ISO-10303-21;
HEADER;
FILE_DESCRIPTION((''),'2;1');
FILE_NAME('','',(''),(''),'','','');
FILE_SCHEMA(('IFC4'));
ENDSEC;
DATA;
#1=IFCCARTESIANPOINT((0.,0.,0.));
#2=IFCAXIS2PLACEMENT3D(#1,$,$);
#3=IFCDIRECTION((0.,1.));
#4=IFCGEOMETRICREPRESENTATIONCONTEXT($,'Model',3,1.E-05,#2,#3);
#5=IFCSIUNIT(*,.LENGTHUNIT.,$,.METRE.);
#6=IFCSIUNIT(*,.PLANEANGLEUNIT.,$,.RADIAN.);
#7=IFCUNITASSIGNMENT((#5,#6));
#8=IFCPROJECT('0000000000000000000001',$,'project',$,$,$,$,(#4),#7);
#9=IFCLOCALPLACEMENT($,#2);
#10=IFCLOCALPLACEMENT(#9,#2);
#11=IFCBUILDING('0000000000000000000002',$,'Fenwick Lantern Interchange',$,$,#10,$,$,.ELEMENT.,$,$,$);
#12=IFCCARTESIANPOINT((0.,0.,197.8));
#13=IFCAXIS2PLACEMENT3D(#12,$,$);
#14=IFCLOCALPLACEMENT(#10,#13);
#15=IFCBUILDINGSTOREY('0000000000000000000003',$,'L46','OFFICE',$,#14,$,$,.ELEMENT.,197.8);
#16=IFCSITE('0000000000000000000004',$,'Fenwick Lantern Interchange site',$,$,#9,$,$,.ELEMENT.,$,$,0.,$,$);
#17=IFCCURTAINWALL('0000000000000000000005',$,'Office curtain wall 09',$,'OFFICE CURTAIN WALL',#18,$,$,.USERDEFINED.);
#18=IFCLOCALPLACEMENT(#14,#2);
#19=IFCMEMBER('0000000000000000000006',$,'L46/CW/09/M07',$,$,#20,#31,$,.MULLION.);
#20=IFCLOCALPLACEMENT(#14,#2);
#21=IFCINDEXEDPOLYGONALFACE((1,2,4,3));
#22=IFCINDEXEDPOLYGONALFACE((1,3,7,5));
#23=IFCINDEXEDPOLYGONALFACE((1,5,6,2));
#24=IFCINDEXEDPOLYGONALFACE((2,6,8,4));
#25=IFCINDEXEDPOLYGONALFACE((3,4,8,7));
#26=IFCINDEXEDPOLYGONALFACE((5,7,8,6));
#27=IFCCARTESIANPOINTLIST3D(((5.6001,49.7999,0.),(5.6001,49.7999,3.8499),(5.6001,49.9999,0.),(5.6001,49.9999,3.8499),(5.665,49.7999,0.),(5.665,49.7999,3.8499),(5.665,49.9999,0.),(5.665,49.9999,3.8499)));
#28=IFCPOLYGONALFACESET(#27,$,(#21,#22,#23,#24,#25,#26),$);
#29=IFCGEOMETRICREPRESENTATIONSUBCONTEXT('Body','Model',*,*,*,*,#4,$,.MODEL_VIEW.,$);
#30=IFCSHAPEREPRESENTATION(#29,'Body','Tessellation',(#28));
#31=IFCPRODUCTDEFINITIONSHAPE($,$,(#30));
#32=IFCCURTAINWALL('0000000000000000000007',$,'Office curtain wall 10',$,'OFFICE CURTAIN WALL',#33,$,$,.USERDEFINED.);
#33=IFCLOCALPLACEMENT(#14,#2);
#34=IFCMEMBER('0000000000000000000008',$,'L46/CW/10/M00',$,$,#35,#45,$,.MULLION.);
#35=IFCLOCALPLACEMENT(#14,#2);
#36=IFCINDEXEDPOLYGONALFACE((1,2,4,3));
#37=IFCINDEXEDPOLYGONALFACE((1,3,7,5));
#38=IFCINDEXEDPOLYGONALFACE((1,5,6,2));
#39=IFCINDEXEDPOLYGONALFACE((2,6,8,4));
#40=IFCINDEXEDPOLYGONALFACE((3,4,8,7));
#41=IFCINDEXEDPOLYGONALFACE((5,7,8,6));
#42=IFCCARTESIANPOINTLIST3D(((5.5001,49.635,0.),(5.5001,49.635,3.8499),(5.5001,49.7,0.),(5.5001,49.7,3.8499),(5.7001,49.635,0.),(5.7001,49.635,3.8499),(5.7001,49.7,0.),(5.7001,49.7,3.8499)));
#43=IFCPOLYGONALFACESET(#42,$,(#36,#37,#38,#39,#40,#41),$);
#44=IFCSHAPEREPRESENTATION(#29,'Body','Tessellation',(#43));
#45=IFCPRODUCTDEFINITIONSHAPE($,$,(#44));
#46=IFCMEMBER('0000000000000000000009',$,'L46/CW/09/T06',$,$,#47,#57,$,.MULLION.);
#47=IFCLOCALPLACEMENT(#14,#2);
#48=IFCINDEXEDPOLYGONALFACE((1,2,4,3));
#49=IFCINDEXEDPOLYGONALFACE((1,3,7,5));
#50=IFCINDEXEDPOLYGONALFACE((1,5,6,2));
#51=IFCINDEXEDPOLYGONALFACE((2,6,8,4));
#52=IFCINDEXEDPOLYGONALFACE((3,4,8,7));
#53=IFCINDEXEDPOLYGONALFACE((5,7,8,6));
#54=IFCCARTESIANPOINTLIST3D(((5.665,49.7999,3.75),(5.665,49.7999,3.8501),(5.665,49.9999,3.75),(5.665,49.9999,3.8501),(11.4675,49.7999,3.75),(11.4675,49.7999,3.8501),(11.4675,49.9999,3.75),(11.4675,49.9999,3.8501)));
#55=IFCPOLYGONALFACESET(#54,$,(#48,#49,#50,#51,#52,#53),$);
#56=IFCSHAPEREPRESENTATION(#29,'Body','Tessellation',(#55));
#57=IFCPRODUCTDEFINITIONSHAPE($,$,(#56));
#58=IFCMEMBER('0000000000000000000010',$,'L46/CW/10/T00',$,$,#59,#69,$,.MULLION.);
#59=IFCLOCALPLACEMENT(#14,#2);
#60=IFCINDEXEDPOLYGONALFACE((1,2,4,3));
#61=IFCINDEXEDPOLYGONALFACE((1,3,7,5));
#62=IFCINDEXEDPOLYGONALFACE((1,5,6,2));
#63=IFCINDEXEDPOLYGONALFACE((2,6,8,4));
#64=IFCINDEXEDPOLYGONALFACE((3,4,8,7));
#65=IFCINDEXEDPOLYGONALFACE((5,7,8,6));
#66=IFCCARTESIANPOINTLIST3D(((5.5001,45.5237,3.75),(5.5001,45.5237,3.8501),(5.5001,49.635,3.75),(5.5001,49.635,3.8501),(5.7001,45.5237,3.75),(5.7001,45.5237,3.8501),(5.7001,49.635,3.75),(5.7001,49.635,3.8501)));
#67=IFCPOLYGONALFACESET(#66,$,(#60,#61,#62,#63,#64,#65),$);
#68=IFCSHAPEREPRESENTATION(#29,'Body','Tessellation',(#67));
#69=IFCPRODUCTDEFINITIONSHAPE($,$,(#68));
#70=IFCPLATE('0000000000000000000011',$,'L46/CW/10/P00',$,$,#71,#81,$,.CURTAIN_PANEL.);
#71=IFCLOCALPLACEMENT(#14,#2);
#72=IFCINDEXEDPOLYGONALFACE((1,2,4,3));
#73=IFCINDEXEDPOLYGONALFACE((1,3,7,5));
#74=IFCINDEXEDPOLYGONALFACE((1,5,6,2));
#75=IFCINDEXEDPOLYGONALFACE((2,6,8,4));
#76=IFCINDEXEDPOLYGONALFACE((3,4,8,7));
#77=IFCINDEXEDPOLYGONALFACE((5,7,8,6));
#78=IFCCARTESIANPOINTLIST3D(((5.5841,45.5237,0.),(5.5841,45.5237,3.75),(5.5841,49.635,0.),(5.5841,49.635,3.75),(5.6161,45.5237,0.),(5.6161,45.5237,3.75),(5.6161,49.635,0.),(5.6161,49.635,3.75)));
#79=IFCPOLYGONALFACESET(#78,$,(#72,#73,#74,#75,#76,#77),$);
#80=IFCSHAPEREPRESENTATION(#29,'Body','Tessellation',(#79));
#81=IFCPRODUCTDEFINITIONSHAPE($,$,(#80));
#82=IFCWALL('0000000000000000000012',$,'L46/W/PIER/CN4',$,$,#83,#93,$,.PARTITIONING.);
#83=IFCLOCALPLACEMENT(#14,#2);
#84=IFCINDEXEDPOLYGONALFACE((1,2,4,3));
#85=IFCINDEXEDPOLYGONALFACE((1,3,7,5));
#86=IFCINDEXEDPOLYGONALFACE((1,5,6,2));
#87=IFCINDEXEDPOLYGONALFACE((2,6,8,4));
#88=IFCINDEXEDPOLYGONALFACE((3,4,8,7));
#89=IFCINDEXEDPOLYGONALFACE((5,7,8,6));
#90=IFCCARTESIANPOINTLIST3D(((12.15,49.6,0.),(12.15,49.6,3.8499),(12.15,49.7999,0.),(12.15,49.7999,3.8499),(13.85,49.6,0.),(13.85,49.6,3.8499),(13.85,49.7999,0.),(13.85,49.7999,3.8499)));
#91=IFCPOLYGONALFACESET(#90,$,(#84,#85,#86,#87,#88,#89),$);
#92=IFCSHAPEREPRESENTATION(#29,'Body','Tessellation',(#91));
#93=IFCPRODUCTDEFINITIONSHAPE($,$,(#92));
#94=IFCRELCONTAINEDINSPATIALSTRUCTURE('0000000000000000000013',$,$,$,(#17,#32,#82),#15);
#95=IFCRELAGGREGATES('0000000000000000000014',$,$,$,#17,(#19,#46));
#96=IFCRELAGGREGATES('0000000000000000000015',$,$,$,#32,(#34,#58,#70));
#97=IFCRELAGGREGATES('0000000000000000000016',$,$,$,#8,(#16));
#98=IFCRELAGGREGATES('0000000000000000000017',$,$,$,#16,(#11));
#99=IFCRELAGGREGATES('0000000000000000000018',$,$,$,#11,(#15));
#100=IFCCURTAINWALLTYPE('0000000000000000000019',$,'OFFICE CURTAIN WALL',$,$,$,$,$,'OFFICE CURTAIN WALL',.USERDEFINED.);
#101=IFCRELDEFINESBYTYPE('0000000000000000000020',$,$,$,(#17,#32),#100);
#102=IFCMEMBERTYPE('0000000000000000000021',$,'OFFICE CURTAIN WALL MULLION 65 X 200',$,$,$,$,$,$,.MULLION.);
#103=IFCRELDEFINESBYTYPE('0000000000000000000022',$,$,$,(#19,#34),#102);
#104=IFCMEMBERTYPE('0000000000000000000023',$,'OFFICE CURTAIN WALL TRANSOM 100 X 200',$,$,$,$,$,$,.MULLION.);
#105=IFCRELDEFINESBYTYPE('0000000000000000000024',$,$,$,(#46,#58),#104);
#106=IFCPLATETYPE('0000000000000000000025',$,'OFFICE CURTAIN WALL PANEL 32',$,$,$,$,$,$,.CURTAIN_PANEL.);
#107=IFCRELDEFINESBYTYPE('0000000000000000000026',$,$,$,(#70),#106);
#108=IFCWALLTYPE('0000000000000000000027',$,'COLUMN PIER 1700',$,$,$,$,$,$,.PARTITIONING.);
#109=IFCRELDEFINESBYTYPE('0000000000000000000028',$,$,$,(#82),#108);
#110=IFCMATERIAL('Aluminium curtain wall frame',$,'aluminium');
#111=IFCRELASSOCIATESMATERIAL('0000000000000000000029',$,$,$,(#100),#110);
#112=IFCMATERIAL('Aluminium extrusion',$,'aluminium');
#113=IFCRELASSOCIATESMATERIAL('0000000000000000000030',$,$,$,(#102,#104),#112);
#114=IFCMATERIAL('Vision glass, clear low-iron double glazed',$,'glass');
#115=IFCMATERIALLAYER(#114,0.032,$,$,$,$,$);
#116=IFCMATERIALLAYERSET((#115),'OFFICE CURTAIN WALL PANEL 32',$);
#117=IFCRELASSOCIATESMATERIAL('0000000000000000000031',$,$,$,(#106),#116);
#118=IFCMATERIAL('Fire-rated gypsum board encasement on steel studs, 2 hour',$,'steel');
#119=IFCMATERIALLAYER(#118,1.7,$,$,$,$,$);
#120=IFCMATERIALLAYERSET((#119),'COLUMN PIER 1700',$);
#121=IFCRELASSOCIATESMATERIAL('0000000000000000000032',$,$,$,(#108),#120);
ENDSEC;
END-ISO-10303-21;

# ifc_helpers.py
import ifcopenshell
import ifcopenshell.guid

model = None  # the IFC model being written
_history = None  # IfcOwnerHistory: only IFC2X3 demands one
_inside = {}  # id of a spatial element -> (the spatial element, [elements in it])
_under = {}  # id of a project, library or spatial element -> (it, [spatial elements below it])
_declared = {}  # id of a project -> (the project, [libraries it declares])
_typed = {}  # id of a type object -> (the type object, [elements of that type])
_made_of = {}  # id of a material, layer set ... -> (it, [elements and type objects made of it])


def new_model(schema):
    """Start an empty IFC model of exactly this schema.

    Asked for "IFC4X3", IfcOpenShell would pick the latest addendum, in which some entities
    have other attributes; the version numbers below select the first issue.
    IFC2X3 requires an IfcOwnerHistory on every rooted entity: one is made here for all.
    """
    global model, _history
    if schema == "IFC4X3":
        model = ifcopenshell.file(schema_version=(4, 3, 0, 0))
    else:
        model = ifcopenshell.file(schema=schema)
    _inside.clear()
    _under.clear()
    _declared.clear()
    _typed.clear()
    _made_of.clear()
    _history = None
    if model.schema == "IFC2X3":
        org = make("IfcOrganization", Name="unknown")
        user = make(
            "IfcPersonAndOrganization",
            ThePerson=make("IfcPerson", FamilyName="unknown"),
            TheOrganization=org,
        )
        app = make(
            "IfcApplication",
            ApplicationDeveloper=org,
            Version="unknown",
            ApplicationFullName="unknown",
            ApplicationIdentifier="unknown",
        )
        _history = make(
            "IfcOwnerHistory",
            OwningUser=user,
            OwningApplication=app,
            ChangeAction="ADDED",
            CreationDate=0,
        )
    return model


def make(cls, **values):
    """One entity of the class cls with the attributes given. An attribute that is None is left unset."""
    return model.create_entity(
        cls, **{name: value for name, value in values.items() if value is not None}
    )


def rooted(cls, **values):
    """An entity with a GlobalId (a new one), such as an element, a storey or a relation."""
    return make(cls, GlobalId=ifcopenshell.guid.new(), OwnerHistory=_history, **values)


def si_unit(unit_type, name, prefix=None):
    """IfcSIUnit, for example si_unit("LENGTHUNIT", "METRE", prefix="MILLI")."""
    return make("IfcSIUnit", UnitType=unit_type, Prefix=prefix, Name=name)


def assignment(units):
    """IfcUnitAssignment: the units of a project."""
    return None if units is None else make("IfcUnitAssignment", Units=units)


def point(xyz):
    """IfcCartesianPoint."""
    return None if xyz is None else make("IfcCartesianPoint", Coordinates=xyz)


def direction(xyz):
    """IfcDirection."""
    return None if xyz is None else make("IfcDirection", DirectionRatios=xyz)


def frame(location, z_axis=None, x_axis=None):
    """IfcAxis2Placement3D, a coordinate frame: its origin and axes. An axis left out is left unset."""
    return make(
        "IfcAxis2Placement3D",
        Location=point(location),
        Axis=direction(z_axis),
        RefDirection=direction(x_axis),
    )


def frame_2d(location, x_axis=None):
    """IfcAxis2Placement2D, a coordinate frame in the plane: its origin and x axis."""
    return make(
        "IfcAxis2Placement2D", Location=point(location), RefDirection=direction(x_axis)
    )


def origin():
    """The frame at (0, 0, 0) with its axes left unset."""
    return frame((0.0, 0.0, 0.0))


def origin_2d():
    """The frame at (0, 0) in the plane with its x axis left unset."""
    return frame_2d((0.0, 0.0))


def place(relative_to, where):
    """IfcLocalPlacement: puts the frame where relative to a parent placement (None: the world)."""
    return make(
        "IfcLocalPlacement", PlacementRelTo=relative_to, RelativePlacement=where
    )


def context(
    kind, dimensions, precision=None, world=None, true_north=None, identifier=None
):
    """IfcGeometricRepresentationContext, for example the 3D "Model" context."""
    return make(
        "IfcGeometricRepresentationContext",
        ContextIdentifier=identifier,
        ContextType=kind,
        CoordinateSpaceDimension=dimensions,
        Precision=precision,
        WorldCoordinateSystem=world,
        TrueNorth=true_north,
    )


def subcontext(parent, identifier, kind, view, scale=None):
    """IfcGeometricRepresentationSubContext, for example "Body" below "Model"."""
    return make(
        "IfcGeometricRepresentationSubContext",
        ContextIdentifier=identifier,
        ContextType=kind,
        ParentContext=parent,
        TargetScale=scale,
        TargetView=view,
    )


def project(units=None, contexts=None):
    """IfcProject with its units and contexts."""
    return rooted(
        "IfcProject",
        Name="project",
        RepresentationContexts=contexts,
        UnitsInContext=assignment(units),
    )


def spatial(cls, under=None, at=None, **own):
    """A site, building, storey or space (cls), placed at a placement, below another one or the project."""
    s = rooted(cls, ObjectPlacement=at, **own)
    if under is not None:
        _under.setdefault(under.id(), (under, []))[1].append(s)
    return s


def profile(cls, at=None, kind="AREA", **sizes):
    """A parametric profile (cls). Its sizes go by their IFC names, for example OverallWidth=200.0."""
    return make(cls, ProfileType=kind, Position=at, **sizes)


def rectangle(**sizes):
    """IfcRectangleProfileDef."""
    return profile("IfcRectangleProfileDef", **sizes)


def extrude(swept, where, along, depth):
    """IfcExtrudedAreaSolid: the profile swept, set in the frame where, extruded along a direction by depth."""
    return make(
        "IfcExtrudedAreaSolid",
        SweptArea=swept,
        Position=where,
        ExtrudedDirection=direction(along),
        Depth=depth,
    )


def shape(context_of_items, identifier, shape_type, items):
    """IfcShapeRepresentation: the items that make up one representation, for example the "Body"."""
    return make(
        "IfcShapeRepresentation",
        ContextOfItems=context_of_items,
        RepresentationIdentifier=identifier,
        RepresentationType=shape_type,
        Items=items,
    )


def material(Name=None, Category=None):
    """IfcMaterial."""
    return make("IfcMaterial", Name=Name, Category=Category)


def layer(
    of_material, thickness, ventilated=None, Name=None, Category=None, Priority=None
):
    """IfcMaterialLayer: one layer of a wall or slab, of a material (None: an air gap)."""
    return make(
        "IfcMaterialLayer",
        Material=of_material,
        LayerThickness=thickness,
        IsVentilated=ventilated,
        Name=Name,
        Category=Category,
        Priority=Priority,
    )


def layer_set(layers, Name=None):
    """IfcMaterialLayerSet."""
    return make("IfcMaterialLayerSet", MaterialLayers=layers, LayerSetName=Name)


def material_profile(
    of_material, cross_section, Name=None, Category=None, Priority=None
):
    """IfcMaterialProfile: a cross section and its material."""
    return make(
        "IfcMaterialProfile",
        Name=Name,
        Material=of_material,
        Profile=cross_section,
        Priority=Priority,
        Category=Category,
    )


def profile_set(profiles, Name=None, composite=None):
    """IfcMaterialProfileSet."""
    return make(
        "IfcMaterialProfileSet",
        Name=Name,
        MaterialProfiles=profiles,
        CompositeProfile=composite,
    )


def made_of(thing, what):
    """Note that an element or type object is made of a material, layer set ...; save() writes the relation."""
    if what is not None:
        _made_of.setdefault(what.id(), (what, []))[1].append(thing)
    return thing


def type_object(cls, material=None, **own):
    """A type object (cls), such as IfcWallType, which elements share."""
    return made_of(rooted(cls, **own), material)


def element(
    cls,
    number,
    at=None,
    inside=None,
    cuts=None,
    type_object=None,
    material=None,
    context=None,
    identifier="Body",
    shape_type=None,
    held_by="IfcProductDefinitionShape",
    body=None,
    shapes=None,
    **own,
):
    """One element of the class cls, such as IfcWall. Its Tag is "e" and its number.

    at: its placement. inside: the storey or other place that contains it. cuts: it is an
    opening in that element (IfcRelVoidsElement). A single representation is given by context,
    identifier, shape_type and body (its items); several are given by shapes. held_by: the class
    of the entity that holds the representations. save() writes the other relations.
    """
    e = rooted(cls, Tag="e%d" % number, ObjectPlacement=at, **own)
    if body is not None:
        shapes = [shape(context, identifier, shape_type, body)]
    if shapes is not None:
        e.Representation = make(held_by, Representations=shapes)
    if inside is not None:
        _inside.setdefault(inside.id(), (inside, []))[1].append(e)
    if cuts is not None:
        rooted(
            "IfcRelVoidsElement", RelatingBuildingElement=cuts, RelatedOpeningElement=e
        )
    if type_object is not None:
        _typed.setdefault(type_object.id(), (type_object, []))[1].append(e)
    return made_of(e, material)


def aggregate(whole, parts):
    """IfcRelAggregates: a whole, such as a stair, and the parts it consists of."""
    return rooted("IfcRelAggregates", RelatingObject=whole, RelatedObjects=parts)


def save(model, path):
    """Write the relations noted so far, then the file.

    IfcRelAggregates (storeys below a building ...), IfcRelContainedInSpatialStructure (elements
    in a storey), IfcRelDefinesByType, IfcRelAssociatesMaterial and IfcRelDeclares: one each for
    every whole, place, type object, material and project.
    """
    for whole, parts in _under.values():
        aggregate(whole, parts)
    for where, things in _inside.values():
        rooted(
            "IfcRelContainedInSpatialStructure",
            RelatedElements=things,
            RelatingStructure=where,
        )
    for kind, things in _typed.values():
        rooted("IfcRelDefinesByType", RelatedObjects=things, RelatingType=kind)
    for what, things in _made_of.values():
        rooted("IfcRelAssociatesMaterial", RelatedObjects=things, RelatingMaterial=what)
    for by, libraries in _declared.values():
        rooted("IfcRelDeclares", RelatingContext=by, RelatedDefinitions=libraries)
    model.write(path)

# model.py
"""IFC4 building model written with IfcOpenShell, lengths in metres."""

from ifc_helpers import new_model, si_unit, direction, frame, frame_2d, origin, origin_2d, place, context, subcontext, project, spatial, rectangle, extrude, material, layer, layer_set, material_profile, profile_set, type_object, element, aggregate, save


model = new_model("IFC4")

# Units and contexts
model_context = context("Model", 3, precision=1e-05, world=origin(), true_north=direction((0.0, 1.0)))
body_context = subcontext(model_context, "Body", "Model", "MODEL_VIEW")
ifc_project = project(units=[si_unit("LENGTHUNIT", "METRE"), si_unit("PLANEANGLEUNIT", "RADIAN")], contexts=[model_context])

# Site, building, storey
site_placement = place(None, origin())
site = spatial("IfcSite", under=ifc_project, at=site_placement, Name="Fenwick Lantern Interchange site", CompositionType="ELEMENT", RefElevation=0.0)
building_placement = place(site_placement, origin())
building = spatial("IfcBuilding", under=site, at=building_placement, Name="Fenwick Lantern Interchange", CompositionType="ELEMENT")
storey_placement = place(building_placement, frame((0.0, 0.0, 197.8)))
storey = spatial("IfcBuildingStorey", under=building, at=storey_placement, Name="L46", Description="OFFICE", CompositionType="ELEMENT", Elevation=197.8)

# Curtain wall, member
ifc_material_1 = material(Name="Aluminium curtain wall frame", Category="aluminium")
curtain_wall_type = type_object("IfcCurtainWallType", Name="OFFICE CURTAIN WALL", ElementType="OFFICE CURTAIN WALL", PredefinedType="USERDEFINED", material=ifc_material_1)
curtain_wall_1_placement = place(storey_placement, origin())
curtain_wall_1 = element("IfcCurtainWall", 1, at=curtain_wall_1_placement, inside=storey, type_object=curtain_wall_type, Name="Office curtain wall 09", ObjectType="OFFICE CURTAIN WALL", PredefinedType="USERDEFINED")
ifc_material_2 = material(Name="Aluminium extrusion", Category="aluminium")
ifc_material_profile_1 = material_profile(ifc_material_2, rectangle(XDim=0.2, YDim=0.0649, at=origin_2d()), Name="OFFICE CURTAIN WALL MULLION 65 X 200")
ifc_profile_set_1 = profile_set([ifc_material_profile_1], Name="Aluminium extrusion")
member_type_1 = type_object("IfcMemberType", Name="OFFICE CURTAIN WALL MULLION 65 X 200", PredefinedType="MULLION", material=ifc_profile_set_1)
member_1_placement = place(storey_placement, frame((5.6326, 49.8999, 0.0), z_axis=(0.0, 0.0, 1.0), x_axis=(0.0, -1.0, 0.0)))
member_1 = element("IfcMember", 2, at=member_1_placement, type_object=member_type_1, Name="L46/CW/09/M07", PredefinedType="MULLION", context=body_context, shape_type="SweptSolid", body=[
    extrude(rectangle(XDim=0.2, YDim=0.0649, at=origin_2d()), origin(), (0.0, 0.0, 1.0), 3.8499),
])

# Curtain wall, member
curtain_wall_2_placement = place(storey_placement, origin())
curtain_wall_2 = element("IfcCurtainWall", 3, at=curtain_wall_2_placement, inside=storey, type_object=curtain_wall_type, Name="Office curtain wall 10", ObjectType="OFFICE CURTAIN WALL", PredefinedType="USERDEFINED")
member_2_placement = place(storey_placement, frame((5.6001, 49.6675, 0.0), z_axis=(0.0, 0.0, 1.0), x_axis=(1.0, 0.0, 0.0)))
member_2 = element("IfcMember", 4, at=member_2_placement, type_object=member_type_1, Name="L46/CW/10/M00", PredefinedType="MULLION", context=body_context, shape_type="SweptSolid", body=[
    extrude(rectangle(XDim=0.2, YDim=0.0649, at=origin_2d()), origin(), (0.0, 0.0, 1.0), 3.8499),
])

# Members
ifc_material_profile_2 = material_profile(ifc_material_2, rectangle(XDim=0.2, YDim=0.1001, at=origin_2d()), Name="OFFICE CURTAIN WALL TRANSOM 100 X 200")
ifc_profile_set_2 = profile_set([ifc_material_profile_2], Name="Aluminium extrusion")
member_type_2 = type_object("IfcMemberType", Name="OFFICE CURTAIN WALL TRANSOM 100 X 200", PredefinedType="MULLION", material=ifc_profile_set_2)
member_3_placement = place(storey_placement, frame((11.4675, 49.8999, 3.8), z_axis=(-1.0, 0.0, 0.0), x_axis=(0.0, -1.0, 0.0)))
member_3 = element("IfcMember", 5, at=member_3_placement, type_object=member_type_2, Name="L46/CW/09/T06", PredefinedType="MULLION", context=body_context, shape_type="SweptSolid", body=[
    extrude(rectangle(XDim=0.2, YDim=0.1001, at=origin_2d()), origin(), (0.0, 0.0, 1.0), 5.8025),
])
aggregate(curtain_wall_1, [member_1, member_3])
member_4_placement = place(storey_placement, frame((5.6001, 49.635, 3.8), z_axis=(0.0, -1.0, 0.0), x_axis=(1.0, 0.0, 0.0)))
member_4 = element("IfcMember", 6, at=member_4_placement, type_object=member_type_2, Name="L46/CW/10/T00", PredefinedType="MULLION", context=body_context, shape_type="SweptSolid", body=[
    extrude(rectangle(XDim=0.2, YDim=0.1001, at=origin_2d()), origin(), (0.0, 0.0, 1.0), 4.1113),
])

# Plate
ifc_material_3 = material(Name="Vision glass, clear low-iron double glazed", Category="glass")
ifc_layer_1 = layer(ifc_material_3, 0.032)
ifc_layer_set_1 = layer_set([ifc_layer_1], Name="OFFICE CURTAIN WALL PANEL 32")
plate_type = type_object("IfcPlateType", Name="OFFICE CURTAIN WALL PANEL 32", PredefinedType="CURTAIN_PANEL", material=ifc_layer_set_1)
plate_placement = place(storey_placement, frame((5.6001, 47.5793, 0.0), z_axis=(0.0, 0.0, 1.0), x_axis=(0.0, -1.0, 0.0)))
plate = element("IfcPlate", 7, at=plate_placement, type_object=plate_type, Name="L46/CW/10/P00", PredefinedType="CURTAIN_PANEL", context=body_context, shape_type="SweptSolid", body=[
    extrude(rectangle(XDim=4.1113, YDim=0.032, at=origin_2d()), origin(), (0.0, 0.0, 1.0), 3.75),
])
aggregate(curtain_wall_2, [member_2, member_4, plate])

# Wall
ifc_material_4 = material(Name="Fire-rated gypsum board encasement on steel studs, 2 hour", Category="steel")
ifc_layer_2 = layer(ifc_material_4, 1.7)
ifc_layer_set_2 = layer_set([ifc_layer_2], Name="COLUMN PIER 1700")
wall_type_1 = type_object("IfcWallType", Name="COLUMN PIER 1700", PredefinedType="PARTITIONING", material=ifc_layer_set_2)
wall_1_placement = place(storey_placement, frame((13.0, 49.8, 0.0), z_axis=(0.0, 0.0, 1.0), x_axis=(0.0, -1.0, 0.0)))
element("IfcWall", 8, at=wall_1_placement, inside=storey, type_object=wall_type_1, Name="L46/W/PIER/CN4", PredefinedType="PARTITIONING", context=body_context, shape_type="SweptSolid", body=[
    extrude(rectangle(XDim=0.2, YDim=1.7, at=frame_2d((0.1001, 0.0))), origin(), (0.0, 0.0, 1.0), 3.8499),
])

save(model, "model.ifc")
